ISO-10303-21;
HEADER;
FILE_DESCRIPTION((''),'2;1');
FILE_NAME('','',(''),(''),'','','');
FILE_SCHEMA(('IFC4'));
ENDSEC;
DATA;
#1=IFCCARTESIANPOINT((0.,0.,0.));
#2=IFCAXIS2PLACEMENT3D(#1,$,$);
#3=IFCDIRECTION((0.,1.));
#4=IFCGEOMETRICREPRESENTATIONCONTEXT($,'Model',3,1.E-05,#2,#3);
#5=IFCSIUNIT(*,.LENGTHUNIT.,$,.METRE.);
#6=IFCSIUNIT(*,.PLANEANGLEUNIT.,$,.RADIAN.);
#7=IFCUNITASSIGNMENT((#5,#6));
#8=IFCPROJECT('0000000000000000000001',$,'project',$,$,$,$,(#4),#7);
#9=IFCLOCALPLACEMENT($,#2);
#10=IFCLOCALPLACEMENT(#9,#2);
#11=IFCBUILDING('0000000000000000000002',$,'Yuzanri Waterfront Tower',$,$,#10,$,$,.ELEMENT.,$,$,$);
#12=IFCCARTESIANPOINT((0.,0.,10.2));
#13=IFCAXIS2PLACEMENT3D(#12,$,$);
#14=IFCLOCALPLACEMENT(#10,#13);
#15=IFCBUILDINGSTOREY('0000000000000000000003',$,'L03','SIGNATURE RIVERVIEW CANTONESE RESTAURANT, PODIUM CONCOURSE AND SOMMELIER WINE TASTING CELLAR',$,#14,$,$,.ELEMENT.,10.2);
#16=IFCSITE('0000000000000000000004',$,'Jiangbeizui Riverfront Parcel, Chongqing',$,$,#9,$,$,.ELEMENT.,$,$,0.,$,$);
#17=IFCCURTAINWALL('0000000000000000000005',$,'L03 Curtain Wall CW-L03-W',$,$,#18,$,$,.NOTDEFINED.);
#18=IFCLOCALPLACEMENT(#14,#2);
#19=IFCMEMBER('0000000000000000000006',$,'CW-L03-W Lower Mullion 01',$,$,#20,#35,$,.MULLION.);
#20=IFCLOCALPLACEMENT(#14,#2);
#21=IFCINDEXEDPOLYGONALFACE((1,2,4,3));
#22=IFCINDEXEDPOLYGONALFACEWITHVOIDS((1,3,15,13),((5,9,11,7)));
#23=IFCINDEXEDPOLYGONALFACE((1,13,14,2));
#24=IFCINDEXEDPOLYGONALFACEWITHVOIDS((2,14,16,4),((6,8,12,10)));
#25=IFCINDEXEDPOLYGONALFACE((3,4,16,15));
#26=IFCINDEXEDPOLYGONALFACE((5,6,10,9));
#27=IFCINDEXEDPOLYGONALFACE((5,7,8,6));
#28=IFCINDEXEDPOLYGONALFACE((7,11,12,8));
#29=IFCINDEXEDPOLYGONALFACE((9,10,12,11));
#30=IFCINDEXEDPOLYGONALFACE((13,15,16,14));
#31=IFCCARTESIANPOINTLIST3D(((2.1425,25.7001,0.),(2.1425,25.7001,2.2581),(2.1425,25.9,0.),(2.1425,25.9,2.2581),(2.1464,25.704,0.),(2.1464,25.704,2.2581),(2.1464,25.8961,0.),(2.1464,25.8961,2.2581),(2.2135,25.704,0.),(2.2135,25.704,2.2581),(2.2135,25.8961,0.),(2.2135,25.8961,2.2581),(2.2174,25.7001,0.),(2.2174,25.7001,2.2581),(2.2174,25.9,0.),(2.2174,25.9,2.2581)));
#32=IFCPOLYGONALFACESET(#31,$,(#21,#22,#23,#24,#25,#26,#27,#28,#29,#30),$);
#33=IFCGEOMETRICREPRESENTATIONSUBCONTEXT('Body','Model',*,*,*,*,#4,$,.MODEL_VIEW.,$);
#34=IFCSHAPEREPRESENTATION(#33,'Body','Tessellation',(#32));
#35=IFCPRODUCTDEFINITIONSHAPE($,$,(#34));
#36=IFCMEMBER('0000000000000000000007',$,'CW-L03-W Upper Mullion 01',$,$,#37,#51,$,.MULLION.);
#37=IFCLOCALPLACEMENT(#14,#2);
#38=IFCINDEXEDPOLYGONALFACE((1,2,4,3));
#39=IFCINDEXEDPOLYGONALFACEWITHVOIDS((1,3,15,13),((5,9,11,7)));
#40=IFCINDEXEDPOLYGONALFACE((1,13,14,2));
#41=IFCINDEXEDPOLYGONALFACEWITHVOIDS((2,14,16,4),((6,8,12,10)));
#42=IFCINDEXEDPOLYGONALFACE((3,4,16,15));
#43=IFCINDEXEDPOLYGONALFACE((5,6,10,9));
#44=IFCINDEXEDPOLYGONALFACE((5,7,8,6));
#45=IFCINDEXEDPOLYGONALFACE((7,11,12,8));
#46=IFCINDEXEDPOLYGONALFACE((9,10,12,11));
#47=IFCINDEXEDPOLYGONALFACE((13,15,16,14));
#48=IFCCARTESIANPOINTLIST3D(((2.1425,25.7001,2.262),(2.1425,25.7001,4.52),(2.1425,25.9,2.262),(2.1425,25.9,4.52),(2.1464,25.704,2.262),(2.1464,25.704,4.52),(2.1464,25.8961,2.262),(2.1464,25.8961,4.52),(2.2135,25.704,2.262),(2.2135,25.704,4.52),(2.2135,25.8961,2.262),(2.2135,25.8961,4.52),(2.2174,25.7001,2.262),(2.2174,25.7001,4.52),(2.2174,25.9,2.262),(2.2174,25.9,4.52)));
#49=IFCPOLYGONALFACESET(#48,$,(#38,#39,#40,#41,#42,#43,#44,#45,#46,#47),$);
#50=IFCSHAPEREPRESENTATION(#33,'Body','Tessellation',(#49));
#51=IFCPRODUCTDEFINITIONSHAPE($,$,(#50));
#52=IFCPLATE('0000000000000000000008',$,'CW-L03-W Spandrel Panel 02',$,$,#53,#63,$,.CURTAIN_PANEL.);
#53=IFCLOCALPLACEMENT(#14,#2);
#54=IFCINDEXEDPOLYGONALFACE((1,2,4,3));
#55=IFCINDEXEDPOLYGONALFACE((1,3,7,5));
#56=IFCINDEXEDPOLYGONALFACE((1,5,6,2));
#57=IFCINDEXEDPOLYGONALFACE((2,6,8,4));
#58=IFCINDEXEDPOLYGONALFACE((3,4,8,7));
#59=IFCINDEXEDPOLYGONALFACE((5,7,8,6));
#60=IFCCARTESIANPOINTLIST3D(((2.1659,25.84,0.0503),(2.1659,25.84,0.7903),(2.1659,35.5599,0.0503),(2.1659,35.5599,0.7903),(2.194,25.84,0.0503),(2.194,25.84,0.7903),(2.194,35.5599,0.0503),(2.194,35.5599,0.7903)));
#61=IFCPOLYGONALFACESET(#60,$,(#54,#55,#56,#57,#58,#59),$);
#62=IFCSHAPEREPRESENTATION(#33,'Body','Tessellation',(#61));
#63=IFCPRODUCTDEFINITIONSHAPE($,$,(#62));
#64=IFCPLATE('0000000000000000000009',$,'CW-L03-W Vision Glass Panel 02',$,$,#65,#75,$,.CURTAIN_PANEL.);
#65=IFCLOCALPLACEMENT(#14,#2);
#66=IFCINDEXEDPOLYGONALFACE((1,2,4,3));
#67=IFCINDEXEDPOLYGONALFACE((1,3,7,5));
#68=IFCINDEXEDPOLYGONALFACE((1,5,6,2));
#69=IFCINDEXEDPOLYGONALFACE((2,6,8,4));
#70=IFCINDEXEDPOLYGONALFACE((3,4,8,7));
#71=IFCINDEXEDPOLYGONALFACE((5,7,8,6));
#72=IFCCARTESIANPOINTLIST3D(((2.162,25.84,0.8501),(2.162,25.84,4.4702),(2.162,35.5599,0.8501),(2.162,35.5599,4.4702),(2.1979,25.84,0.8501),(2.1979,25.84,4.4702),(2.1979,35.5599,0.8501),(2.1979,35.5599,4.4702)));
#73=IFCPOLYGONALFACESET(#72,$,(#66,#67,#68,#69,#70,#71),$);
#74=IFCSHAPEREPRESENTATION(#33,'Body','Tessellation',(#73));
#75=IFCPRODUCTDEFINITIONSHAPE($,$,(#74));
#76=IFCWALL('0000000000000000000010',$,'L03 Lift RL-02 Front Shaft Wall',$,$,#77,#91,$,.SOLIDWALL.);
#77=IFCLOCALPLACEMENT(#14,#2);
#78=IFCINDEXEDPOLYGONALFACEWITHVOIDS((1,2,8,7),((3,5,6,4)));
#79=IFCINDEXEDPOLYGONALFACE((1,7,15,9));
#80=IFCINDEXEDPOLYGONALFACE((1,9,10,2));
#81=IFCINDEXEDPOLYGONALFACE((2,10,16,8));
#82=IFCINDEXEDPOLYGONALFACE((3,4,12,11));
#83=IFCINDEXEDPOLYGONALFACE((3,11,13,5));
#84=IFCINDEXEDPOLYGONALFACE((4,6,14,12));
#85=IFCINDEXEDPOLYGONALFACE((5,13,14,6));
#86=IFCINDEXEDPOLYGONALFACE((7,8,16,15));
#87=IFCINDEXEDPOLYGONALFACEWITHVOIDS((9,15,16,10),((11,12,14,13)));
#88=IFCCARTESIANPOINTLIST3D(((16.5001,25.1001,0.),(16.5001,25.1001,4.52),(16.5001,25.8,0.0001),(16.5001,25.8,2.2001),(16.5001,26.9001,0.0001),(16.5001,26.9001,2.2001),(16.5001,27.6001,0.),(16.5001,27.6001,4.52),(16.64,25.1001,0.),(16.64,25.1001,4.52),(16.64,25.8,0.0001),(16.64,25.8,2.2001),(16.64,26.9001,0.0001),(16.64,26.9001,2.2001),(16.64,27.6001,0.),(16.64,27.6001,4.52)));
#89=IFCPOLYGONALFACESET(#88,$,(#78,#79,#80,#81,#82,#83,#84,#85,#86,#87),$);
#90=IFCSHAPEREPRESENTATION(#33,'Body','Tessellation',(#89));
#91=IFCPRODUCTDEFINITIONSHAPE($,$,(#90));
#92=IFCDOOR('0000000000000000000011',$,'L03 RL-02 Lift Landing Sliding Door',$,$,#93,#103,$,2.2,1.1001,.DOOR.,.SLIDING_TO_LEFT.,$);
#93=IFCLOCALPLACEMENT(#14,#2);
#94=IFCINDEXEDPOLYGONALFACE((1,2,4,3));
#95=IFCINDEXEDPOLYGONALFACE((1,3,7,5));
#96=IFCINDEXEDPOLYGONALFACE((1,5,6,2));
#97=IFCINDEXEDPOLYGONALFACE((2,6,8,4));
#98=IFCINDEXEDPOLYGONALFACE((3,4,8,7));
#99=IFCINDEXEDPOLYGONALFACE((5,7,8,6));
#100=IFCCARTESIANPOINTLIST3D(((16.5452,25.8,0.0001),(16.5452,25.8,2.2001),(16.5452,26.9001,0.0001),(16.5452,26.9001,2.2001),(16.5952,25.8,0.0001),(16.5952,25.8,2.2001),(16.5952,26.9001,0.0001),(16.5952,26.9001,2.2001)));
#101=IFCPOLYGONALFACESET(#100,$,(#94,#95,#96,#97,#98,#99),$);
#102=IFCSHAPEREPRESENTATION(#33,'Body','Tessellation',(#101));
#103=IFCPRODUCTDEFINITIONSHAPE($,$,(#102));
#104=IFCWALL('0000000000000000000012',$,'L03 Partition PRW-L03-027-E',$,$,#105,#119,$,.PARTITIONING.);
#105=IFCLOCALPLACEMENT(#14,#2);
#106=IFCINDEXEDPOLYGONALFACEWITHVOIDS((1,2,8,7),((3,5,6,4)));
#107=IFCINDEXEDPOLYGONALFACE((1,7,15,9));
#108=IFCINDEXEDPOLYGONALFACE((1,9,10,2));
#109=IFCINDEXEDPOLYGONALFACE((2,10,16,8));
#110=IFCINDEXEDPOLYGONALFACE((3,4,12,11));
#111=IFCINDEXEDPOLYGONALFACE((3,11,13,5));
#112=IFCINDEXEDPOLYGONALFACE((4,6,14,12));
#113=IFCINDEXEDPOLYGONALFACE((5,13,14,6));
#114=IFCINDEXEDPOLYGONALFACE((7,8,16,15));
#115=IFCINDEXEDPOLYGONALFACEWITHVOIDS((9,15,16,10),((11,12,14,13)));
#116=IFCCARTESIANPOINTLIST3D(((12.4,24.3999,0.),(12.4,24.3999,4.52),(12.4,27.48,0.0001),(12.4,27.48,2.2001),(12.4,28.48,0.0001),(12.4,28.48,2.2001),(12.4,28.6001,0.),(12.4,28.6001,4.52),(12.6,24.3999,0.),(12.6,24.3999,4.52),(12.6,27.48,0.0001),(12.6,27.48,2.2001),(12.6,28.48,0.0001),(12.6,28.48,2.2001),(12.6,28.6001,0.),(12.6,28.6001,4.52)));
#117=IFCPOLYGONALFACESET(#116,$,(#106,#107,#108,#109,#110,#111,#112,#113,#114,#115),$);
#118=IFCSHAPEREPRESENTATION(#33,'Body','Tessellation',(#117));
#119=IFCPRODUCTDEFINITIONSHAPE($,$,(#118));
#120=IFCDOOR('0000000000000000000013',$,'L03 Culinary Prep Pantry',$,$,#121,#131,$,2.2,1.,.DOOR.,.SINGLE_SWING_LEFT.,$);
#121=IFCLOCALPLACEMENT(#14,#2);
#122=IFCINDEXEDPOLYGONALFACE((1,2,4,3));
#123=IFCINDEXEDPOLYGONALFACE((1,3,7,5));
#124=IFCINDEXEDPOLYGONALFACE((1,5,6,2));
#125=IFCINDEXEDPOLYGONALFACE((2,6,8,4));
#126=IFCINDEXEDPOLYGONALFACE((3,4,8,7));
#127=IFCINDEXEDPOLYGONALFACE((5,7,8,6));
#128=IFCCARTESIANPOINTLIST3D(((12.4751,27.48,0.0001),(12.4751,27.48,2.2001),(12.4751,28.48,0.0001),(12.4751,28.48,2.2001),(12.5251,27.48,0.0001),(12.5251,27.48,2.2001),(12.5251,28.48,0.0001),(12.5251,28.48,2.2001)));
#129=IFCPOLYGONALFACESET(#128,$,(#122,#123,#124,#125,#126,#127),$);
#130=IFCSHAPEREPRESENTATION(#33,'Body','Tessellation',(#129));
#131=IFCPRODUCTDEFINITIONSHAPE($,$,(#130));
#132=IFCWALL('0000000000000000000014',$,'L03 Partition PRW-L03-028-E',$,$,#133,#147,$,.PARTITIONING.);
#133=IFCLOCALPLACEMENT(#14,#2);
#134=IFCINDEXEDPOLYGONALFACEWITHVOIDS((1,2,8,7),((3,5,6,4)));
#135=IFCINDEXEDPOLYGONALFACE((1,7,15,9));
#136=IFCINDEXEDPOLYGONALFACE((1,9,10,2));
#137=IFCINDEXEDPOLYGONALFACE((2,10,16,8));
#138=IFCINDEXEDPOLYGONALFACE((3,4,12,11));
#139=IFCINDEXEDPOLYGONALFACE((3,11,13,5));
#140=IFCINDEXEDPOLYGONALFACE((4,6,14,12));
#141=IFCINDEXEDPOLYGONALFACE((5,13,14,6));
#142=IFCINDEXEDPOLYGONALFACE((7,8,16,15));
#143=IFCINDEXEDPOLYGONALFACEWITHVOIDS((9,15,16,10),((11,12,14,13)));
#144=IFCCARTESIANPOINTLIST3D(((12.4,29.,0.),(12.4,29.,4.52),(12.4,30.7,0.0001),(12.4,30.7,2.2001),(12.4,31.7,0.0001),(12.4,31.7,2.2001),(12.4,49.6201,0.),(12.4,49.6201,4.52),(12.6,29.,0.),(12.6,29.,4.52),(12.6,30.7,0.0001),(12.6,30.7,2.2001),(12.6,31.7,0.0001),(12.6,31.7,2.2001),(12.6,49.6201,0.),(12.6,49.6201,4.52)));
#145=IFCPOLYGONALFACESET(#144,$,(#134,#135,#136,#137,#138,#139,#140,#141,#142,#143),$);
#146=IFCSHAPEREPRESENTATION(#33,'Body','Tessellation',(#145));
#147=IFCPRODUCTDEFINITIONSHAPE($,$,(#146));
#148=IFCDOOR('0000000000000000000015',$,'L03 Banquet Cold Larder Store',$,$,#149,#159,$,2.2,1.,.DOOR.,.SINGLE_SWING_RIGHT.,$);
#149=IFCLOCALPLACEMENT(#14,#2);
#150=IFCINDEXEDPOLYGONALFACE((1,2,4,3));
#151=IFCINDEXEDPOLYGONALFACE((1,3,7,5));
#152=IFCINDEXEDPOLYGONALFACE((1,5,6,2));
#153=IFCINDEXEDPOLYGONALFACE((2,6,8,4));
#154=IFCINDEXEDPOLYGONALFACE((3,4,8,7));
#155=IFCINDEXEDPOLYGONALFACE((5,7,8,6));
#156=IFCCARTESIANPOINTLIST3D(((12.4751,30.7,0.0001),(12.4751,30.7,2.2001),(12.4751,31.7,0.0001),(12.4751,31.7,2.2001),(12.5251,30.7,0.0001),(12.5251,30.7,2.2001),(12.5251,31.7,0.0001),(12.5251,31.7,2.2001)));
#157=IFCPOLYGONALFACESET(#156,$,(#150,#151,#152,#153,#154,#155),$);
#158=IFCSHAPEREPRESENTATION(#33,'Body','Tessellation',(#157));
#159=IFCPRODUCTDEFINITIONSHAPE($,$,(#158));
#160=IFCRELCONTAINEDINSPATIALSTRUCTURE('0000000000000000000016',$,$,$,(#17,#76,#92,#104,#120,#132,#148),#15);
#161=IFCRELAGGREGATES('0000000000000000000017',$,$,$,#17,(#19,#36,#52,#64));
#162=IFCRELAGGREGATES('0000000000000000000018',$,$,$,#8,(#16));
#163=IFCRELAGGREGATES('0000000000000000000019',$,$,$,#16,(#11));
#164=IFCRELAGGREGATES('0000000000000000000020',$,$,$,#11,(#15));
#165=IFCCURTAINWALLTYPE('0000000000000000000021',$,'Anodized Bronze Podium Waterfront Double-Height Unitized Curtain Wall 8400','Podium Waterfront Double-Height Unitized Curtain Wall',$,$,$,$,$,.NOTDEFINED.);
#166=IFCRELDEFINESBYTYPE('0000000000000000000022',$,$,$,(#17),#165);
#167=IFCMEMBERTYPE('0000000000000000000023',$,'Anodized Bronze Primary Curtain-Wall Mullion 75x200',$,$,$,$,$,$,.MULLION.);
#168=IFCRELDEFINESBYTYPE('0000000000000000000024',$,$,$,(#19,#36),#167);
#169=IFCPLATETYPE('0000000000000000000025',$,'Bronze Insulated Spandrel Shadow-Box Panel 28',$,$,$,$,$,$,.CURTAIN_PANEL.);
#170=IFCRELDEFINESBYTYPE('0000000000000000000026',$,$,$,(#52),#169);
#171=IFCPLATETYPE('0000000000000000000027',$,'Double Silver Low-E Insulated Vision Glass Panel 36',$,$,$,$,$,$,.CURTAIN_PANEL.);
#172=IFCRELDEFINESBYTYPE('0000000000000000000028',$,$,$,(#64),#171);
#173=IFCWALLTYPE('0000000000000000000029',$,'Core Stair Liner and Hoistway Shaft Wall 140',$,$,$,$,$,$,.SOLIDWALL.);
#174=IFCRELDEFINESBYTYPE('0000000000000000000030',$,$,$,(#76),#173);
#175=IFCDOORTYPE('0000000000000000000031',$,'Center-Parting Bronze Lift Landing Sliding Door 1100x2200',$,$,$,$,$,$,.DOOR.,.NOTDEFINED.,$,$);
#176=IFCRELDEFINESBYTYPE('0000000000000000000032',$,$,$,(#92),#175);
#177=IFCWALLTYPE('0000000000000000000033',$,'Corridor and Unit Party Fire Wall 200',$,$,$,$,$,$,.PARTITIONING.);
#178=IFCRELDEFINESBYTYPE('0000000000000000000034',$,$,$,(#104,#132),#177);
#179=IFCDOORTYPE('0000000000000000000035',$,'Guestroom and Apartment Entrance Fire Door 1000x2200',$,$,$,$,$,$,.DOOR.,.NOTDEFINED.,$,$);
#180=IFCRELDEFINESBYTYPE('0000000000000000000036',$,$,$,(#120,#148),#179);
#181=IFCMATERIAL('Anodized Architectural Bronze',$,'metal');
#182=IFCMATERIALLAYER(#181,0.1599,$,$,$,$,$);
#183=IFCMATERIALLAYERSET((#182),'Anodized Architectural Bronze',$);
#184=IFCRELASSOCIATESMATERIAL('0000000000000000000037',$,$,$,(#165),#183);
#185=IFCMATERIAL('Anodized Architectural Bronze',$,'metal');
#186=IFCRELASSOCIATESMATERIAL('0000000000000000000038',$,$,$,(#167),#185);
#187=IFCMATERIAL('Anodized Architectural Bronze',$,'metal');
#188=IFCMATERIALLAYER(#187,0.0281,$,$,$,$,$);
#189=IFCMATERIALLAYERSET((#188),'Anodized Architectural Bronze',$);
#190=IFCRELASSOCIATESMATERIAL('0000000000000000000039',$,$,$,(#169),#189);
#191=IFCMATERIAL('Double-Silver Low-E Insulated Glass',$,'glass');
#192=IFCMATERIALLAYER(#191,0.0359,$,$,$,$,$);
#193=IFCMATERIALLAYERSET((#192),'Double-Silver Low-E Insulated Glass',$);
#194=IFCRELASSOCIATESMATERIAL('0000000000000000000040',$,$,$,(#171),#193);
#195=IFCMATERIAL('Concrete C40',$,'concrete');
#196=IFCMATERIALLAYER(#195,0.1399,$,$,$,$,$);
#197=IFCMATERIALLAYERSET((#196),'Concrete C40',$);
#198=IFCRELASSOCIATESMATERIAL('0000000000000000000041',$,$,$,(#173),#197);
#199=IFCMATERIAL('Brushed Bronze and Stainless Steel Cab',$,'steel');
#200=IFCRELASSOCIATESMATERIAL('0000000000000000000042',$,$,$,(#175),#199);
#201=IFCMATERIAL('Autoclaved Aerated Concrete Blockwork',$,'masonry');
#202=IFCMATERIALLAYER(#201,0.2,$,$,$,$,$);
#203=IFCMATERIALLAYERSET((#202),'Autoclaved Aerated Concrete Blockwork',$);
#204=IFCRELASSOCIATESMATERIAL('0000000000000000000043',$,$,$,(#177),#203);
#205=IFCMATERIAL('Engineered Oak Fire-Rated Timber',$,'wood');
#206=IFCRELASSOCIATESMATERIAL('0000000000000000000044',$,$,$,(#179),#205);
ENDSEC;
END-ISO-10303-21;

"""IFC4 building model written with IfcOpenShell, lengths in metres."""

from ifc_helpers import new_model, si_unit, direction, frame, frame_2d, origin, origin_2d, place, context, subcontext, project, spatial, rectangle, hollow_rectangle, extrude, source, transform, mapped, material, layer, layer_set, material_profile, profile_set, type_object, element, fill, aggregate, save


model = new_model("IFC4")

# Units and contexts
model_context = context("Model", 3, precision=1e-05, world=origin(), true_north=direction((0.0, 1.0)))
body_context = subcontext(model_context, "Body", "Model", "MODEL_VIEW")
ifc_project = project(units=[si_unit("LENGTHUNIT", "METRE"), si_unit("PLANEANGLEUNIT", "RADIAN")], contexts=[model_context])

# Site, building, storey
site_placement = place(None, origin())
site = spatial("IfcSite", under=ifc_project, at=site_placement, Name="Jiangbeizui Riverfront Parcel, Chongqing", CompositionType="ELEMENT", RefElevation=0.0)
building_placement = place(site_placement, origin())
building = spatial("IfcBuilding", under=site, at=building_placement, Name="Yuzanri Waterfront Tower", CompositionType="ELEMENT")
storey_placement = place(building_placement, frame((0.0, 0.0, 10.2)))
storey = spatial("IfcBuildingStorey", under=building, at=storey_placement, Name="L03", Description="SIGNATURE RIVERVIEW CANTONESE RESTAURANT, PODIUM CONCOURSE AND SOMMELIER WINE TASTING CELLAR", CompositionType="ELEMENT", Elevation=10.2)

# Curtain wall, members, plates
ifc_material_1 = material(Name="Anodized Architectural Bronze", Category="metal")
ifc_layer_1 = layer(ifc_material_1, 0.1599)
ifc_layer_set_1 = layer_set([ifc_layer_1], Name="Anodized Architectural Bronze")
curtain_wall_type = type_object("IfcCurtainWallType", Name="Anodized Bronze Podium Waterfront Double-Height Unitized Curtain Wall 8400", Description="Podium Waterfront Double-Height Unitized Curtain Wall", PredefinedType="NOTDEFINED", material=ifc_layer_set_1)
curtain_wall_placement = place(storey_placement, origin())
curtain_wall = element("IfcCurtainWall", 1, at=curtain_wall_placement, inside=storey, type_object=curtain_wall_type, Name="L03 Curtain Wall CW-L03-W", PredefinedType="NOTDEFINED")
ifc_material_2 = material(Name="Anodized Architectural Bronze", Category="metal")
ifc_material_profile_1 = material_profile(ifc_material_2, hollow_rectangle(XDim=0.075, YDim=0.2, WallThickness=0.0039, at=origin_2d()), Name="CWM 75x200")
ifc_profile_set_1 = profile_set([ifc_material_profile_1], Name="Anodized Architectural Bronze")
member_type = type_object("IfcMemberType", Name="Anodized Bronze Primary Curtain-Wall Mullion 75x200", PredefinedType="MULLION", material=ifc_profile_set_1)
shared_shape_1 = source(origin(), body_context, "Body", "SweptSolid", [
    extrude(hollow_rectangle(XDim=0.075, YDim=0.2, WallThickness=0.0039, at=origin_2d()), origin(), (0.0, 0.0, 1.0), 2.2581),
])
member_1_placement = place(storey_placement, frame((2.1799, 25.8, 0.0), z_axis=(0.0, 0.0, 1.0), x_axis=(1.0, 0.0, 0.0)))
member_1 = element("IfcMember", 2, at=member_1_placement, type_object=member_type, Name="CW-L03-W Lower Mullion 01", PredefinedType="MULLION", context=body_context, shape_type="MappedRepresentation", body=[
    mapped(shared_shape_1, transform((0.0, 0.0, 0.0), scale=1.0)),
])
member_2_placement = place(storey_placement, frame((2.1799, 25.8, 2.262), z_axis=(0.0, 0.0, 1.0), x_axis=(1.0, 0.0, 0.0)))
member_2 = element("IfcMember", 3, at=member_2_placement, type_object=member_type, Name="CW-L03-W Upper Mullion 01", PredefinedType="MULLION", context=body_context, shape_type="MappedRepresentation", body=[
    mapped(shared_shape_1, transform((0.0, 0.0, 0.0), scale=1.0)),
])
ifc_material_3 = material(Name="Anodized Architectural Bronze", Category="metal")
ifc_layer_2 = layer(ifc_material_3, 0.0281)
ifc_layer_set_2 = layer_set([ifc_layer_2], Name="Anodized Architectural Bronze")
plate_type_1 = type_object("IfcPlateType", Name="Bronze Insulated Spandrel Shadow-Box Panel 28", PredefinedType="CURTAIN_PANEL", material=ifc_layer_set_2)
shared_shape_2 = source(origin(), body_context, "Body", "SweptSolid", [
    extrude(rectangle(XDim=9.72, YDim=0.0281, at=origin_2d()), origin(), (0.0, 0.0, 1.0), 0.74),
])
plate_1_placement = place(storey_placement, frame((2.1799, 30.7, 0.0503), z_axis=(0.0, 0.0, 1.0), x_axis=(0.0, 1.0, 0.0)))
plate_1 = element("IfcPlate", 4, at=plate_1_placement, type_object=plate_type_1, Name="CW-L03-W Spandrel Panel 02", PredefinedType="CURTAIN_PANEL", context=body_context, shape_type="MappedRepresentation", body=[
    mapped(shared_shape_2, transform((0.0, 0.0, 0.0), scale=1.0)),
])
ifc_material_4 = material(Name="Double-Silver Low-E Insulated Glass", Category="glass")
ifc_layer_3 = layer(ifc_material_4, 0.0359)
ifc_layer_set_3 = layer_set([ifc_layer_3], Name="Double-Silver Low-E Insulated Glass")
plate_type_2 = type_object("IfcPlateType", Name="Double Silver Low-E Insulated Vision Glass Panel 36", PredefinedType="CURTAIN_PANEL", material=ifc_layer_set_3)
shared_shape_3 = source(origin(), body_context, "Body", "SweptSolid", [
    extrude(rectangle(XDim=9.72, YDim=0.0359, at=origin_2d()), origin(), (0.0, 0.0, 1.0), 3.6201),
])
plate_2_placement = place(storey_placement, frame((2.1799, 30.7, 0.8501), z_axis=(0.0, 0.0, 1.0), x_axis=(0.0, 1.0, 0.0)))
plate_2 = element("IfcPlate", 5, at=plate_2_placement, type_object=plate_type_2, Name="CW-L03-W Vision Glass Panel 02", PredefinedType="CURTAIN_PANEL", context=body_context, shape_type="MappedRepresentation", body=[
    mapped(shared_shape_3, transform((0.0, 0.0, 0.0), scale=1.0)),
])
aggregate(curtain_wall, [member_1, member_2, plate_1, plate_2])

# Walls, openings, doors
ifc_material_5 = material(Name="Concrete C40", Category="concrete")
ifc_layer_4 = layer(ifc_material_5, 0.1399)
ifc_layer_set_4 = layer_set([ifc_layer_4], Name="Concrete C40")
wall_type_1 = type_object("IfcWallType", Name="Core Stair Liner and Hoistway Shaft Wall 140", PredefinedType="SOLIDWALL", material=ifc_layer_set_4)
wall_1_placement = place(storey_placement, frame((16.5701, 25.1001, 0.0), z_axis=(0.0, 0.0, 1.0), x_axis=(0.0, 1.0, 0.0)))
wall_1 = element("IfcWall", 6, at=wall_1_placement, inside=storey, type_object=wall_type_1, Name="L03 Lift RL-02 Front Shaft Wall", PredefinedType="SOLIDWALL", context=body_context, shape_type="SweptSolid", body=[
    extrude(rectangle(XDim=2.5, YDim=0.1399, at=frame_2d((1.25, 0.0))), origin(), (0.0, 0.0, 1.0), 4.52),
])
opening_1_placement = place(wall_1_placement, frame((0.7, 0.0, 0.0)))
opening_1 = element("IfcOpeningElement", 7, at=opening_1_placement, cuts=wall_1, PredefinedType="OPENING", context=body_context, shape_type="SweptSolid", body=[
    extrude(rectangle(XDim=1.1001, YDim=2.2, at=frame_2d((0.55, 1.1001))), frame((0.0, 0.085, 0.0), z_axis=(0.0, -1.0, 0.0), x_axis=(1.0, 0.0, 0.0)), (0.0, 0.0, 1.0), 0.1697),
])
ifc_material_6 = material(Name="Brushed Bronze and Stainless Steel Cab", Category="steel")
door_type_1 = type_object("IfcDoorType", Name="Center-Parting Bronze Lift Landing Sliding Door 1100x2200", OperationType="NOTDEFINED", PredefinedType="DOOR", material=ifc_material_6)
shared_shape_4 = source(origin(), body_context, "Body", "SweptSolid", [
    extrude(rectangle(XDim=1.1001, YDim=2.2, at=frame_2d((0.55, 1.1001))), frame((0.0, 0.0249, 0.0), z_axis=(0.0, -1.0, 0.0), x_axis=(1.0, 0.0, 0.0)), (0.0, 0.0, 1.0), 0.05),
])
door_1_placement = place(opening_1_placement, origin())
door_1 = element("IfcDoor", 8, at=door_1_placement, inside=storey, type_object=door_type_1, Name="L03 RL-02 Lift Landing Sliding Door", OperationType="SLIDING_TO_LEFT", OverallHeight=2.2, OverallWidth=1.1001, PredefinedType="DOOR", context=body_context, shape_type="MappedRepresentation", body=[
    mapped(shared_shape_4, transform((0.0, 0.0, 0.0), scale=1.0)),
])
fill(opening_1, door_1)
ifc_material_7 = material(Name="Autoclaved Aerated Concrete Blockwork", Category="masonry")
ifc_layer_5 = layer(ifc_material_7, 0.2)
ifc_layer_set_5 = layer_set([ifc_layer_5], Name="Autoclaved Aerated Concrete Blockwork")
wall_type_2 = type_object("IfcWallType", Name="Corridor and Unit Party Fire Wall 200", PredefinedType="PARTITIONING", material=ifc_layer_set_5)
wall_2_placement = place(storey_placement, frame((12.5, 24.3999, 0.0), z_axis=(0.0, 0.0, 1.0), x_axis=(0.0, 1.0, 0.0)))
wall_2 = element("IfcWall", 9, at=wall_2_placement, inside=storey, type_object=wall_type_2, Name="L03 Partition PRW-L03-027-E", PredefinedType="PARTITIONING", context=body_context, shape_type="SweptSolid", body=[
    extrude(rectangle(XDim=4.2002, YDim=0.2, at=frame_2d((2.1001, 0.0))), origin(), (0.0, 0.0, 1.0), 4.52),
])
opening_2_placement = place(wall_2_placement, frame((3.0801, 0.0, 0.0)))
opening_2 = element("IfcOpeningElement", 10, at=opening_2_placement, cuts=wall_2, PredefinedType="OPENING", context=body_context, shape_type="SweptSolid", body=[
    extrude(rectangle(XDim=1.0, YDim=2.2, at=frame_2d((0.5, 1.1001))), frame((0.0, 0.1147, 0.0), z_axis=(0.0, -1.0, 0.0), x_axis=(1.0, 0.0, 0.0)), (0.0, 0.0, 1.0), 0.2297),
])
ifc_material_8 = material(Name="Engineered Oak Fire-Rated Timber", Category="wood")
door_type_2 = type_object("IfcDoorType", Name="Guestroom and Apartment Entrance Fire Door 1000x2200", OperationType="NOTDEFINED", PredefinedType="DOOR", material=ifc_material_8)
shared_shape_5 = source(origin(), body_context, "Body", "SweptSolid", [
    extrude(rectangle(XDim=1.0, YDim=2.2, at=frame_2d((0.5, 1.1001))), frame((0.0, 0.0249, 0.0), z_axis=(0.0, -1.0, 0.0), x_axis=(1.0, 0.0, 0.0)), (0.0, 0.0, 1.0), 0.05),
])
door_2_placement = place(opening_2_placement, origin())
door_2 = element("IfcDoor", 11, at=door_2_placement, inside=storey, type_object=door_type_2, Name="L03 Culinary Prep Pantry", OperationType="SINGLE_SWING_LEFT", OverallHeight=2.2, OverallWidth=1.0, PredefinedType="DOOR", context=body_context, shape_type="MappedRepresentation", body=[
    mapped(shared_shape_5, transform((0.0, 0.0, 0.0), scale=1.0)),
])
fill(opening_2, door_2)
wall_3_placement = place(storey_placement, frame((12.5, 29.0, 0.0), z_axis=(0.0, 0.0, 1.0), x_axis=(0.0, 1.0, 0.0)))
wall_3 = element("IfcWall", 12, at=wall_3_placement, inside=storey, type_object=wall_type_2, Name="L03 Partition PRW-L03-028-E", PredefinedType="PARTITIONING", context=body_context, shape_type="SweptSolid", body=[
    extrude(rectangle(XDim=20.6201, YDim=0.2, at=frame_2d((10.3101, 0.0))), origin(), (0.0, 0.0, 1.0), 4.52),
])
opening_3_placement = place(wall_3_placement, frame((1.7, 0.0, 0.0)))
opening_3 = element("IfcOpeningElement", 13, at=opening_3_placement, cuts=wall_3, PredefinedType="OPENING", context=body_context, shape_type="SweptSolid", body=[
    extrude(rectangle(XDim=1.0, YDim=2.2, at=frame_2d((0.5, 1.1001))), frame((0.0, 0.1147, 0.0), z_axis=(0.0, -1.0, 0.0), x_axis=(1.0, 0.0, 0.0)), (0.0, 0.0, 1.0), 0.2297),
])
door_3_placement = place(opening_3_placement, origin())
door_3 = element("IfcDoor", 14, at=door_3_placement, inside=storey, type_object=door_type_2, Name="L03 Banquet Cold Larder Store", OperationType="SINGLE_SWING_RIGHT", OverallHeight=2.2, OverallWidth=1.0, PredefinedType="DOOR", context=body_context, shape_type="MappedRepresentation", body=[
    mapped(shared_shape_5, transform((0.0, 0.0, 0.0), scale=1.0)),
])
fill(opening_3, door_3)

save(model, "model.ifc")
